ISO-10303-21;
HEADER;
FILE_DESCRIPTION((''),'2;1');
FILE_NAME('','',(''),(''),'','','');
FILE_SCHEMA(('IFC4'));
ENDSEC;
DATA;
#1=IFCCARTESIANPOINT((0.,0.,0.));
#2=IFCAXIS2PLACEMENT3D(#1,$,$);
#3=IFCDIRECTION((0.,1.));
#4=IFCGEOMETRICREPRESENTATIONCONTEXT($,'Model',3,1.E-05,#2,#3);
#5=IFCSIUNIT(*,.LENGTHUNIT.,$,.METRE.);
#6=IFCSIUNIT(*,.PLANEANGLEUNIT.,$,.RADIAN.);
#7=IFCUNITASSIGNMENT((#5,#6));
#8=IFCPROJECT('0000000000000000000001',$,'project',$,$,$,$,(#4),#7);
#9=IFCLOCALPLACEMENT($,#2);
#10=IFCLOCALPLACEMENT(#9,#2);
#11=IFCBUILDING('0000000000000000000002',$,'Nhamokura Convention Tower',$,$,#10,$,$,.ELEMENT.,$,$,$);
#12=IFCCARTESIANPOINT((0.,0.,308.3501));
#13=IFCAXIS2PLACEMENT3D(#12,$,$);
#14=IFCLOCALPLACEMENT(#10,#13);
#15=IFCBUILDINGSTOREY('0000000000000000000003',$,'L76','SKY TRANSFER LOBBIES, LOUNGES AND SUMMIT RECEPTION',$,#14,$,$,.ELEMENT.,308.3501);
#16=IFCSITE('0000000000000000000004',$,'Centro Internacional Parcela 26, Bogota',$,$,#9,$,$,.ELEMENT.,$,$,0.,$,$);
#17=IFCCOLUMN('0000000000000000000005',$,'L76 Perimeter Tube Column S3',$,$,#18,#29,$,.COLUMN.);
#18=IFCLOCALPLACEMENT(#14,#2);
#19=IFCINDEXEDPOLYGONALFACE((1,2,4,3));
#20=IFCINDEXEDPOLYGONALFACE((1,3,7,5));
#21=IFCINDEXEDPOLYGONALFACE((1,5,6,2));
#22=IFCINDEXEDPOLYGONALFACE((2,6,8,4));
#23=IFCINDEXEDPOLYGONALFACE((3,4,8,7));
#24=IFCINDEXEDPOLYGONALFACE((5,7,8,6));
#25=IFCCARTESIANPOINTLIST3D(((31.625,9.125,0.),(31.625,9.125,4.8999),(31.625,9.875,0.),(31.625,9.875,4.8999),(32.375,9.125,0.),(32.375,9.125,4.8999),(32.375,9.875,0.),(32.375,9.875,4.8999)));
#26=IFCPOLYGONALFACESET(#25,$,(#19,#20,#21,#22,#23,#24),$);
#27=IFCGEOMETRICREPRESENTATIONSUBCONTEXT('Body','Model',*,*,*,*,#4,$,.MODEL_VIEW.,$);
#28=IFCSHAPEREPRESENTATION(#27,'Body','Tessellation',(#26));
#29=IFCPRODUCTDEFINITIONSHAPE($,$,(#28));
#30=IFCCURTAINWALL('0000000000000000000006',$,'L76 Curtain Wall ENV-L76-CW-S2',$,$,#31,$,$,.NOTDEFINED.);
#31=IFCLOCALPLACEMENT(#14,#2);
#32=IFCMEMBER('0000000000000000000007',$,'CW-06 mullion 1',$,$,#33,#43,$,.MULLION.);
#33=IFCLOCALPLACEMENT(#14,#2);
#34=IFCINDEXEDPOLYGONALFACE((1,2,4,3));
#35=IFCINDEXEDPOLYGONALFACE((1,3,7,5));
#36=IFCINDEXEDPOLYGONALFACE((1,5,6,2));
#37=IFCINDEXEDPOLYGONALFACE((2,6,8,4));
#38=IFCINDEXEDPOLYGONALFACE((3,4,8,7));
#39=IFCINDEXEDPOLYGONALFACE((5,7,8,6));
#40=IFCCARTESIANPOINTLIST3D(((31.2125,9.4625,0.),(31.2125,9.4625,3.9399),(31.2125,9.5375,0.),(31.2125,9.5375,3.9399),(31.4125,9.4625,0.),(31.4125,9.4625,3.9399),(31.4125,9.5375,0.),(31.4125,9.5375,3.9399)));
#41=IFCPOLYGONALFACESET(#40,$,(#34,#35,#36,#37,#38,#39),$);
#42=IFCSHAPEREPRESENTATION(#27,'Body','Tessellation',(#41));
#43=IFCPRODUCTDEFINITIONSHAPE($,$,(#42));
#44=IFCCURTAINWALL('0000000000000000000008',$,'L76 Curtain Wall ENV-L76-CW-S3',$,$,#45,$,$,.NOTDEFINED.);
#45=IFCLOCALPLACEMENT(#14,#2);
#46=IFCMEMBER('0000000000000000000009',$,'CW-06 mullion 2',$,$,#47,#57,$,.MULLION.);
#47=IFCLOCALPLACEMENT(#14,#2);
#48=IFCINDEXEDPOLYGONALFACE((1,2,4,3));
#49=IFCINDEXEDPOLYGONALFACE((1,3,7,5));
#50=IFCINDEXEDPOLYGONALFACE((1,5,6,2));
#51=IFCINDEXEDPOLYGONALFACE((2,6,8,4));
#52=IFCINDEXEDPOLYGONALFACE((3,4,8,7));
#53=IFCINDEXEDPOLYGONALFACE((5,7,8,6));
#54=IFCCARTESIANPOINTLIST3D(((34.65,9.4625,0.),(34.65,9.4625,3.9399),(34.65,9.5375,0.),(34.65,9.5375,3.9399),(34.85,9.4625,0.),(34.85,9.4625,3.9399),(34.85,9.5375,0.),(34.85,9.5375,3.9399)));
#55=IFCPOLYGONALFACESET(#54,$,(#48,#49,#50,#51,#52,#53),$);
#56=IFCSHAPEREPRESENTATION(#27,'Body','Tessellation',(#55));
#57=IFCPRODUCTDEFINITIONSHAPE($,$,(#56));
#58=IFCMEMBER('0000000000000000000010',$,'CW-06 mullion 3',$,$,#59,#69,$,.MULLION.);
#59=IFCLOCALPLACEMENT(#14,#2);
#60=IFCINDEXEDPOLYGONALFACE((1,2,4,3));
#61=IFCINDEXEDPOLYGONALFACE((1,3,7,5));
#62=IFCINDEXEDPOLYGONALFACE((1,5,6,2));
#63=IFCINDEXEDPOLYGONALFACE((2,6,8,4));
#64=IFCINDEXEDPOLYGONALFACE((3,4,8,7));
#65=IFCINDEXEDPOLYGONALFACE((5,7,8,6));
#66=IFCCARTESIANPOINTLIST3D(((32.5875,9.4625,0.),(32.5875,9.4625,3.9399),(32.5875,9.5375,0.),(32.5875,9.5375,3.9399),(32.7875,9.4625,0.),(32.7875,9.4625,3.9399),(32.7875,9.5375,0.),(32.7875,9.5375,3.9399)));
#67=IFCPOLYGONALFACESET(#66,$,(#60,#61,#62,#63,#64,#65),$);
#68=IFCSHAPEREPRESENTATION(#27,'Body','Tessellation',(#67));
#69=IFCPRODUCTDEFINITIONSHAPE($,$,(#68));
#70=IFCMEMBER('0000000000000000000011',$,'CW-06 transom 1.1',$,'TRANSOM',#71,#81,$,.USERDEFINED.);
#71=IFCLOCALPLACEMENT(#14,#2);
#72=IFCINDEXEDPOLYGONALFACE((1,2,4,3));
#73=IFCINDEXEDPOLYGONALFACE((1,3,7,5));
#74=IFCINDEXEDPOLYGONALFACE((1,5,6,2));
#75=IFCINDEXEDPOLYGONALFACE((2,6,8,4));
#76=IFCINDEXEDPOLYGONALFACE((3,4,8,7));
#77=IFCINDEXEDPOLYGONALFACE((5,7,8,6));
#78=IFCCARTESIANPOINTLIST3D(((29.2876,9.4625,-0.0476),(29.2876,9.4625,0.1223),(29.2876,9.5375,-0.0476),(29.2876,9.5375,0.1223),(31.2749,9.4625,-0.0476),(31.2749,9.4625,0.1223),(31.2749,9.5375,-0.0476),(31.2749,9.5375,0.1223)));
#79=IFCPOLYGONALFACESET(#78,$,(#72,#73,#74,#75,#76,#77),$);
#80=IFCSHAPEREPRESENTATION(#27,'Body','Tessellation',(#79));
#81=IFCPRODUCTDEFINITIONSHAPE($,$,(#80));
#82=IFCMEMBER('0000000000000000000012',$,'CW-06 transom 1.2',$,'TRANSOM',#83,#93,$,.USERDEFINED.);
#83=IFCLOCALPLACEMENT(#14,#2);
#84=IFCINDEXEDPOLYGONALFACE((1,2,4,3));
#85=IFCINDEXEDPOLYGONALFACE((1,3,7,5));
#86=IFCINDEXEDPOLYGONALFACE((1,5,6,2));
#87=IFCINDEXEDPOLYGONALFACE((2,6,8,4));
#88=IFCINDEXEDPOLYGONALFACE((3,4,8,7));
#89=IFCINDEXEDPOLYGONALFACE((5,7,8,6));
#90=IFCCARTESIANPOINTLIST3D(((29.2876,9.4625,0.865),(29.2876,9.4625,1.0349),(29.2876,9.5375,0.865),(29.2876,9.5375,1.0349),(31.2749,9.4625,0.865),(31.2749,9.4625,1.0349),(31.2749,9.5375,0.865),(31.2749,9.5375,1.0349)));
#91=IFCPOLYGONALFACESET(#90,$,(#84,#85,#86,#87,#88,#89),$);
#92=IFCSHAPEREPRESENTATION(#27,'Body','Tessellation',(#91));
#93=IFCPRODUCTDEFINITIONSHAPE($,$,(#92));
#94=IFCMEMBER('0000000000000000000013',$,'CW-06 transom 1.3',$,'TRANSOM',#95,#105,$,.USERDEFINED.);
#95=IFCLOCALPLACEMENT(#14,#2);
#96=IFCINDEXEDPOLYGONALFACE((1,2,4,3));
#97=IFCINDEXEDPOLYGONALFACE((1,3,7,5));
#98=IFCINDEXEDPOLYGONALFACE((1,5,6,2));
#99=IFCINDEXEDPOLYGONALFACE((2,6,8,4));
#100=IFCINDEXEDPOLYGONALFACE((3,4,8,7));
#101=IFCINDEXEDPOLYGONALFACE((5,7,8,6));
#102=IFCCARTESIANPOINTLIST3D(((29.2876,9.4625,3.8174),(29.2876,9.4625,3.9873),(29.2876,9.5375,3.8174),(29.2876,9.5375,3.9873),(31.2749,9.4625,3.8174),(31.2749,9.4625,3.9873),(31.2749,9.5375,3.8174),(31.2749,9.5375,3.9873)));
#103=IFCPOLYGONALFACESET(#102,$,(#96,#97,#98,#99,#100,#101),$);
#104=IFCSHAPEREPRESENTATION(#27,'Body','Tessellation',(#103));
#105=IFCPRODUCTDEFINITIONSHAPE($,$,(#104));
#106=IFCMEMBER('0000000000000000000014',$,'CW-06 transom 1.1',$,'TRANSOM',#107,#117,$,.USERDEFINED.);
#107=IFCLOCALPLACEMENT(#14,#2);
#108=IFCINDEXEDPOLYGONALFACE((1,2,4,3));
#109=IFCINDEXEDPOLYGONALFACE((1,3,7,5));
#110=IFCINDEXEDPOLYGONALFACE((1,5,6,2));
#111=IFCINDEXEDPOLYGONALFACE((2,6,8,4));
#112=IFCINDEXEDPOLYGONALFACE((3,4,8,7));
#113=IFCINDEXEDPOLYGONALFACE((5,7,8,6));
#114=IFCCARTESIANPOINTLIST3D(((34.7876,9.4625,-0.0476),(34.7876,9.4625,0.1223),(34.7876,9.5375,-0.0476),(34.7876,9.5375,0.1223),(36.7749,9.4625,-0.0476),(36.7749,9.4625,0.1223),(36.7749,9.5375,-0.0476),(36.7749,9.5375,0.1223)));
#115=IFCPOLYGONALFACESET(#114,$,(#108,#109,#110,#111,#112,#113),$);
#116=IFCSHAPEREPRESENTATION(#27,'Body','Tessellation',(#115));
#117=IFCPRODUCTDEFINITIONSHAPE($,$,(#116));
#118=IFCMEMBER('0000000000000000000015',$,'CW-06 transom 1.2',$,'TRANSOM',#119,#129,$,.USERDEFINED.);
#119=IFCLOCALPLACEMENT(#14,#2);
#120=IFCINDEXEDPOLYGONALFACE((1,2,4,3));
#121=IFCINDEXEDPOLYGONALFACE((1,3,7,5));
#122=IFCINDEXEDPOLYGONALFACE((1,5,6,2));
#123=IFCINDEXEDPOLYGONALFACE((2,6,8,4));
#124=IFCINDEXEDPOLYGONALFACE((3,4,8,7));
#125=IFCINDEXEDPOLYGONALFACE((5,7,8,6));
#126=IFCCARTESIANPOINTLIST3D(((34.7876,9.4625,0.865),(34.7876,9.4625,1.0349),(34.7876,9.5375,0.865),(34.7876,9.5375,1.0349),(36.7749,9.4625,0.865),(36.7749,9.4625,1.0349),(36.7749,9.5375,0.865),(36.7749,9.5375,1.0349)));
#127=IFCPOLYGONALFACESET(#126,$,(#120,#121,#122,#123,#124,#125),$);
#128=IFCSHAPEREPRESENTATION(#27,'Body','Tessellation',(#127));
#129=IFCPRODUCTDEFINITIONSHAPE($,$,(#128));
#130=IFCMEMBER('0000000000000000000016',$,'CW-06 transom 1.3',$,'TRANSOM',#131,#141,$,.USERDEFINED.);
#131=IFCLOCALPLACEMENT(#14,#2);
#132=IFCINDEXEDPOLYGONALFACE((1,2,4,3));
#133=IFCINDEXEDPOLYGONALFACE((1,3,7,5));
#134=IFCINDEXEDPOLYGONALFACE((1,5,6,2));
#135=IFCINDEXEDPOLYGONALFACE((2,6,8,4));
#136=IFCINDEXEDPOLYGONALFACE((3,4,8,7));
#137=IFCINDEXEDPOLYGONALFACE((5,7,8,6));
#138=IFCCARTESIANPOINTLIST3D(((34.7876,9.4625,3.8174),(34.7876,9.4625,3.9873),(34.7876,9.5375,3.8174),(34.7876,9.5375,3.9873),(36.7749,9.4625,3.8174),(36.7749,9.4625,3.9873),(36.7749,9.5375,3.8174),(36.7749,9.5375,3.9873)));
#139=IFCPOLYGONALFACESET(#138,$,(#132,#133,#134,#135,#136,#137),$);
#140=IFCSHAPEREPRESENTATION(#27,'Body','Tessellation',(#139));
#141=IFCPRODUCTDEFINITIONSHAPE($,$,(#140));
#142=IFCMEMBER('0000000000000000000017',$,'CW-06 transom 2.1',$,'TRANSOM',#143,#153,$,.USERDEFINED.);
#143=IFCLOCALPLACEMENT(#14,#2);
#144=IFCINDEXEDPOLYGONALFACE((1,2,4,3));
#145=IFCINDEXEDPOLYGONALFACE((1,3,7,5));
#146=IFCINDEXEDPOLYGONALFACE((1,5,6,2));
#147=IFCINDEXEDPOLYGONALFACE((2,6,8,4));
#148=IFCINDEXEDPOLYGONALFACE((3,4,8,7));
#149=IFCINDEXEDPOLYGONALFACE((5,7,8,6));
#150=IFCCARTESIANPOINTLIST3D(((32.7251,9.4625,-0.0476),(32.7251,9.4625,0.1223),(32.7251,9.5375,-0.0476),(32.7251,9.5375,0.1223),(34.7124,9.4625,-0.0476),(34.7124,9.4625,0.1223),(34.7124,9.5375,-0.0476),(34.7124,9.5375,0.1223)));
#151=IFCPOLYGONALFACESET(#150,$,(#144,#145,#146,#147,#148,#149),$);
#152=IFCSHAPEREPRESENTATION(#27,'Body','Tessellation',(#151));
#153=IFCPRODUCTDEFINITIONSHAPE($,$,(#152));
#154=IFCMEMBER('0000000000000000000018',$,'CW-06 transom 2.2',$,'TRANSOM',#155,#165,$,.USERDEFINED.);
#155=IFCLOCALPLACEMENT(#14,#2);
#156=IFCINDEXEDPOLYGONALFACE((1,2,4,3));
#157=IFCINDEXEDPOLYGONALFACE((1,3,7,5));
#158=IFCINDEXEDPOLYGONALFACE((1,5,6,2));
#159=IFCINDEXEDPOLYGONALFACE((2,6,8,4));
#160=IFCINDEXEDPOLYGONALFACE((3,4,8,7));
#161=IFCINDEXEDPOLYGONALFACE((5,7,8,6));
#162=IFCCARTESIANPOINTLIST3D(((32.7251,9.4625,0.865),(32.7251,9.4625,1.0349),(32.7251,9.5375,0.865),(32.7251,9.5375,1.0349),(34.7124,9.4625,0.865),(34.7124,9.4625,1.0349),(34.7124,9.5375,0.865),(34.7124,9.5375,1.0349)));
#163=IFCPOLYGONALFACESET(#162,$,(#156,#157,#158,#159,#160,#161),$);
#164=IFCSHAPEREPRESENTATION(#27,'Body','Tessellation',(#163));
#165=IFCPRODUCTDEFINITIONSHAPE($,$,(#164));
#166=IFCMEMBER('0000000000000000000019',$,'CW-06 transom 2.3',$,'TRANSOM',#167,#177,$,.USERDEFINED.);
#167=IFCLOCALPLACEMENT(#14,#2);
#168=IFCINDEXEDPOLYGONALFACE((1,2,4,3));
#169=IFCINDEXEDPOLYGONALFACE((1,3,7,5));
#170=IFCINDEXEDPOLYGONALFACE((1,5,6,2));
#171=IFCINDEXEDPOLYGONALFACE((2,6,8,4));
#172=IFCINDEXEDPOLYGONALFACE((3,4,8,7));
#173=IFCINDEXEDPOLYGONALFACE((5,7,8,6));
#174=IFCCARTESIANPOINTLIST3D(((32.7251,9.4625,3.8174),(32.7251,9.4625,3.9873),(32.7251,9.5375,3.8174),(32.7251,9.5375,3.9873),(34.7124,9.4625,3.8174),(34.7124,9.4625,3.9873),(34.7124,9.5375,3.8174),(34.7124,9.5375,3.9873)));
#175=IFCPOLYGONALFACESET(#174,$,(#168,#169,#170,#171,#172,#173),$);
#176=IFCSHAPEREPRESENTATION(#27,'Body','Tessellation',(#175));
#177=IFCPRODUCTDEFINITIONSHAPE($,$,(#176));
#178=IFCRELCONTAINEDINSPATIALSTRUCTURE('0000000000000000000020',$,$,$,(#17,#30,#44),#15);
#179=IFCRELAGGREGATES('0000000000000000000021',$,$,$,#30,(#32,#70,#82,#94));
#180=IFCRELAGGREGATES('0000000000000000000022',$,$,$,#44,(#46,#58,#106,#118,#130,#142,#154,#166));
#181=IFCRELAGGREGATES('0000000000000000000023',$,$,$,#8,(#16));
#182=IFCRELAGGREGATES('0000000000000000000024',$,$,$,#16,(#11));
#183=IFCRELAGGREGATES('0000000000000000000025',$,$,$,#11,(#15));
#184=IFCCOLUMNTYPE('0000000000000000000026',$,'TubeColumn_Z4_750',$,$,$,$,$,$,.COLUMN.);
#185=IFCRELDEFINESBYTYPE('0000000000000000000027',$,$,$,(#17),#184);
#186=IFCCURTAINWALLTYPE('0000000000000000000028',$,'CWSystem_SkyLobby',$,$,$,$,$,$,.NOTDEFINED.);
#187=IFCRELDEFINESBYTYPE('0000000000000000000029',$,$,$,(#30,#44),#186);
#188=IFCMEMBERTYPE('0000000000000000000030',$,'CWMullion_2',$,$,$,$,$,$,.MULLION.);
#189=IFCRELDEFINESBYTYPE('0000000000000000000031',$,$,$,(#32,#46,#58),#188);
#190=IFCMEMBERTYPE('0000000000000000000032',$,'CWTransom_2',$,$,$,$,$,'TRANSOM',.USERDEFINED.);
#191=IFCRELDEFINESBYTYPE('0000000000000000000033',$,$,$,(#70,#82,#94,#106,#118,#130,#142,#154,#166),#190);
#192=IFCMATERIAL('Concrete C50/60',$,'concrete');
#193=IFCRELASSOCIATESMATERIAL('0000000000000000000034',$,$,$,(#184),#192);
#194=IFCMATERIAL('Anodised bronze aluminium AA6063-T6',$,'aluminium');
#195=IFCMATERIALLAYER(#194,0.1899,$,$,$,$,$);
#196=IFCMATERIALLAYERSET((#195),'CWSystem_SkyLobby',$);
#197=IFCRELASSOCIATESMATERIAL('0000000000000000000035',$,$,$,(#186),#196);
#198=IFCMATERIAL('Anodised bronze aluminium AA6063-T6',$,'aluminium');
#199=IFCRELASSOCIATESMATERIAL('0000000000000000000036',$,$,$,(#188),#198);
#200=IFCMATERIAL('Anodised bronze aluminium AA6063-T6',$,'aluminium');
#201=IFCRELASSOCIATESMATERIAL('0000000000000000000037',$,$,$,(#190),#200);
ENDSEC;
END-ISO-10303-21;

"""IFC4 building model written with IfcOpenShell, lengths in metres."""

from ifc_helpers import new_model, si_unit, direction, frame, origin, origin_2d, place, context, subcontext, project, spatial, rectangle, extrude, material, layer, layer_set, material_profile, profile_set, type_object, element, aggregate, save


model = new_model("IFC4")

# Units and contexts
model_context = context("Model", 3, precision=1e-05, world=origin(), true_north=direction((0.0, 1.0)))
body_context = subcontext(model_context, "Body", "Model", "MODEL_VIEW")
ifc_project = project(units=[si_unit("LENGTHUNIT", "METRE"), si_unit("PLANEANGLEUNIT", "RADIAN")], contexts=[model_context])

# Site, building, storey
site_placement = place(None, origin())
site = spatial("IfcSite", under=ifc_project, at=site_placement, Name="Centro Internacional Parcela 26, Bogota", CompositionType="ELEMENT", RefElevation=0.0)
building_placement = place(site_placement, origin())
building = spatial("IfcBuilding", under=site, at=building_placement, Name="Nhamokura Convention Tower", CompositionType="ELEMENT")
storey_placement = place(building_placement, frame((0.0, 0.0, 308.3501)))
storey = spatial("IfcBuildingStorey", under=building, at=storey_placement, Name="L76", Description="SKY TRANSFER LOBBIES, LOUNGES AND SUMMIT RECEPTION", CompositionType="ELEMENT", Elevation=308.3501)

# Column
ifc_material_1 = material(Name="Concrete C50/60", Category="concrete")
ifc_material_profile_1 = material_profile(ifc_material_1, rectangle(XDim=0.75, YDim=0.75, at=origin_2d()))
ifc_profile_set_1 = profile_set([ifc_material_profile_1], Name="Concrete C50/60")
column_type = type_object("IfcColumnType", Name="TubeColumn_Z4_750", PredefinedType="COLUMN", material=ifc_profile_set_1)
column_placement = place(storey_placement, frame((32.0, 9.5, 0.0), z_axis=(0.0, 0.0, 1.0), x_axis=(1.0, 0.0, 0.0)))
element("IfcColumn", 1, at=column_placement, inside=storey, type_object=column_type, Name="L76 Perimeter Tube Column S3", PredefinedType="COLUMN", context=body_context, shape_type="SweptSolid", body=[
    extrude(rectangle(XDim=0.75, YDim=0.75, at=origin_2d()), origin(), (0.0, 0.0, 1.0), 4.8999),
])

# Curtain wall, member
ifc_material_2 = material(Name="Anodised bronze aluminium AA6063-T6", Category="aluminium")
ifc_layer_1 = layer(ifc_material_2, 0.1899)
ifc_layer_set_1 = layer_set([ifc_layer_1], Name="CWSystem_SkyLobby")
curtain_wall_type = type_object("IfcCurtainWallType", Name="CWSystem_SkyLobby", PredefinedType="NOTDEFINED", material=ifc_layer_set_1)
curtain_wall_1_placement = place(storey_placement, origin())
curtain_wall_1 = element("IfcCurtainWall", 2, at=curtain_wall_1_placement, inside=storey, type_object=curtain_wall_type, Name="L76 Curtain Wall ENV-L76-CW-S2", PredefinedType="NOTDEFINED")
ifc_material_3 = material(Name="Anodised bronze aluminium AA6063-T6", Category="aluminium")
ifc_material_profile_2 = material_profile(ifc_material_3, rectangle(XDim=0.075, YDim=0.2, at=origin_2d()))
ifc_profile_set_2 = profile_set([ifc_material_profile_2], Name="Anodised bronze aluminium AA6063-T6")
member_type_1 = type_object("IfcMemberType", Name="CWMullion_2", PredefinedType="MULLION", material=ifc_profile_set_2)
member_1_placement = place(storey_placement, frame((31.3125, 9.5, 0.0), z_axis=(0.0, 0.0, 1.0), x_axis=(0.0, -1.0, 0.0)))
member_1 = element("IfcMember", 3, at=member_1_placement, type_object=member_type_1, Name="CW-06 mullion 1", PredefinedType="MULLION", context=body_context, shape_type="SweptSolid", body=[
    extrude(rectangle(XDim=0.075, YDim=0.2, at=origin_2d()), origin(), (0.0, 0.0, 1.0), 3.9399),
])

# Curtain wall, members
curtain_wall_2_placement = place(storey_placement, origin())
curtain_wall_2 = element("IfcCurtainWall", 4, at=curtain_wall_2_placement, inside=storey, type_object=curtain_wall_type, Name="L76 Curtain Wall ENV-L76-CW-S3", PredefinedType="NOTDEFINED")
member_2_placement = place(storey_placement, frame((34.75, 9.5, 0.0), z_axis=(0.0, 0.0, 1.0), x_axis=(0.0, -1.0, 0.0)))
member_2 = element("IfcMember", 5, at=member_2_placement, type_object=member_type_1, Name="CW-06 mullion 2", PredefinedType="MULLION", context=body_context, shape_type="SweptSolid", body=[
    extrude(rectangle(XDim=0.075, YDim=0.2, at=origin_2d()), origin(), (0.0, 0.0, 1.0), 3.9399),
])
member_3_placement = place(storey_placement, frame((32.6875, 9.5, 0.0), z_axis=(0.0, 0.0, 1.0), x_axis=(0.0, -1.0, 0.0)))
member_3 = element("IfcMember", 6, at=member_3_placement, type_object=member_type_1, Name="CW-06 mullion 3", PredefinedType="MULLION", context=body_context, shape_type="SweptSolid", body=[
    extrude(rectangle(XDim=0.075, YDim=0.2, at=origin_2d()), origin(), (0.0, 0.0, 1.0), 3.9399),
])

# Members
ifc_material_4 = material(Name="Anodised bronze aluminium AA6063-T6", Category="aluminium")
ifc_material_profile_3 = material_profile(ifc_material_4, rectangle(XDim=0.075, YDim=0.1699, at=origin_2d()))
ifc_profile_set_3 = profile_set([ifc_material_profile_3], Name="Anodised bronze aluminium AA6063-T6")
member_type_2 = type_object("IfcMemberType", Name="CWTransom_2", ElementType="TRANSOM", PredefinedType="USERDEFINED", material=ifc_profile_set_3)
member_4_placement = place(storey_placement, frame((31.2749, 9.5, 0.0374), z_axis=(-1.0, 0.0, 0.0), x_axis=(0.0, -1.0, 0.0)))
member_4 = element("IfcMember", 7, at=member_4_placement, type_object=member_type_2, Name="CW-06 transom 1.1", ObjectType="TRANSOM", PredefinedType="USERDEFINED", context=body_context, shape_type="SweptSolid", body=[
    extrude(rectangle(XDim=0.075, YDim=0.1699, at=origin_2d()), origin(), (0.0, 0.0, 1.0), 1.9873),
])
member_5_placement = place(storey_placement, frame((31.2749, 9.5, 0.95), z_axis=(-1.0, 0.0, 0.0), x_axis=(0.0, -1.0, 0.0)))
member_5 = element("IfcMember", 8, at=member_5_placement, type_object=member_type_2, Name="CW-06 transom 1.2", ObjectType="TRANSOM", PredefinedType="USERDEFINED", context=body_context, shape_type="SweptSolid", body=[
    extrude(rectangle(XDim=0.075, YDim=0.1699, at=origin_2d()), origin(), (0.0, 0.0, 1.0), 1.9873),
])
member_6_placement = place(storey_placement, frame((31.2749, 9.5, 3.9023), z_axis=(-1.0, 0.0, 0.0), x_axis=(0.0, -1.0, 0.0)))
member_6 = element("IfcMember", 9, at=member_6_placement, type_object=member_type_2, Name="CW-06 transom 1.3", ObjectType="TRANSOM", PredefinedType="USERDEFINED", context=body_context, shape_type="SweptSolid", body=[
    extrude(rectangle(XDim=0.075, YDim=0.1699, at=origin_2d()), origin(), (0.0, 0.0, 1.0), 1.9873),
])
member_7_placement = place(storey_placement, frame((36.7749, 9.5, 0.0374), z_axis=(-1.0, 0.0, 0.0), x_axis=(0.0, -1.0, 0.0)))
member_7 = element("IfcMember", 10, at=member_7_placement, type_object=member_type_2, Name="CW-06 transom 1.1", ObjectType="TRANSOM", PredefinedType="USERDEFINED", context=body_context, shape_type="SweptSolid", body=[
    extrude(rectangle(XDim=0.075, YDim=0.1699, at=origin_2d()), origin(), (0.0, 0.0, 1.0), 1.9873),
])
member_8_placement = place(storey_placement, frame((36.7749, 9.5, 0.95), z_axis=(-1.0, 0.0, 0.0), x_axis=(0.0, -1.0, 0.0)))
member_8 = element("IfcMember", 11, at=member_8_placement, type_object=member_type_2, Name="CW-06 transom 1.2", ObjectType="TRANSOM", PredefinedType="USERDEFINED", context=body_context, shape_type="SweptSolid", body=[
    extrude(rectangle(XDim=0.075, YDim=0.1699, at=origin_2d()), origin(), (0.0, 0.0, 1.0), 1.9873),
])
member_9_placement = place(storey_placement, frame((36.7749, 9.5, 3.9023), z_axis=(-1.0, 0.0, 0.0), x_axis=(0.0, -1.0, 0.0)))
member_9 = element("IfcMember", 12, at=member_9_placement, type_object=member_type_2, Name="CW-06 transom 1.3", ObjectType="TRANSOM", PredefinedType="USERDEFINED", context=body_context, shape_type="SweptSolid", body=[
    extrude(rectangle(XDim=0.075, YDim=0.1699, at=origin_2d()), origin(), (0.0, 0.0, 1.0), 1.9873),
])
member_10_placement = place(storey_placement, frame((34.7124, 9.5, 0.0374), z_axis=(-1.0, 0.0, 0.0), x_axis=(0.0, -1.0, 0.0)))
member_10 = element("IfcMember", 13, at=member_10_placement, type_object=member_type_2, Name="CW-06 transom 2.1", ObjectType="TRANSOM", PredefinedType="USERDEFINED", context=body_context, shape_type="SweptSolid", body=[
    extrude(rectangle(XDim=0.075, YDim=0.1699, at=origin_2d()), origin(), (0.0, 0.0, 1.0), 1.9873),
])
member_11_placement = place(storey_placement, frame((34.7124, 9.5, 0.95), z_axis=(-1.0, 0.0, 0.0), x_axis=(0.0, -1.0, 0.0)))
member_11 = element("IfcMember", 14, at=member_11_placement, type_object=member_type_2, Name="CW-06 transom 2.2", ObjectType="TRANSOM", PredefinedType="USERDEFINED", context=body_context, shape_type="SweptSolid", body=[
    extrude(rectangle(XDim=0.075, YDim=0.1699, at=origin_2d()), origin(), (0.0, 0.0, 1.0), 1.9873),
])
member_12_placement = place(storey_placement, frame((34.7124, 9.5, 3.9023), z_axis=(-1.0, 0.0, 0.0), x_axis=(0.0, -1.0, 0.0)))
member_12 = element("IfcMember", 15, at=member_12_placement, type_object=member_type_2, Name="CW-06 transom 2.3", ObjectType="TRANSOM", PredefinedType="USERDEFINED", context=body_context, shape_type="SweptSolid", body=[
    extrude(rectangle(XDim=0.075, YDim=0.1699, at=origin_2d()), origin(), (0.0, 0.0, 1.0), 1.9873),
])

aggregate(curtain_wall_1, [member_1, member_4, member_5, member_6])
aggregate(curtain_wall_2, [member_2, member_3, member_7, member_8, member_9, member_10, member_11, member_12])

save(model, "model.ifc")
